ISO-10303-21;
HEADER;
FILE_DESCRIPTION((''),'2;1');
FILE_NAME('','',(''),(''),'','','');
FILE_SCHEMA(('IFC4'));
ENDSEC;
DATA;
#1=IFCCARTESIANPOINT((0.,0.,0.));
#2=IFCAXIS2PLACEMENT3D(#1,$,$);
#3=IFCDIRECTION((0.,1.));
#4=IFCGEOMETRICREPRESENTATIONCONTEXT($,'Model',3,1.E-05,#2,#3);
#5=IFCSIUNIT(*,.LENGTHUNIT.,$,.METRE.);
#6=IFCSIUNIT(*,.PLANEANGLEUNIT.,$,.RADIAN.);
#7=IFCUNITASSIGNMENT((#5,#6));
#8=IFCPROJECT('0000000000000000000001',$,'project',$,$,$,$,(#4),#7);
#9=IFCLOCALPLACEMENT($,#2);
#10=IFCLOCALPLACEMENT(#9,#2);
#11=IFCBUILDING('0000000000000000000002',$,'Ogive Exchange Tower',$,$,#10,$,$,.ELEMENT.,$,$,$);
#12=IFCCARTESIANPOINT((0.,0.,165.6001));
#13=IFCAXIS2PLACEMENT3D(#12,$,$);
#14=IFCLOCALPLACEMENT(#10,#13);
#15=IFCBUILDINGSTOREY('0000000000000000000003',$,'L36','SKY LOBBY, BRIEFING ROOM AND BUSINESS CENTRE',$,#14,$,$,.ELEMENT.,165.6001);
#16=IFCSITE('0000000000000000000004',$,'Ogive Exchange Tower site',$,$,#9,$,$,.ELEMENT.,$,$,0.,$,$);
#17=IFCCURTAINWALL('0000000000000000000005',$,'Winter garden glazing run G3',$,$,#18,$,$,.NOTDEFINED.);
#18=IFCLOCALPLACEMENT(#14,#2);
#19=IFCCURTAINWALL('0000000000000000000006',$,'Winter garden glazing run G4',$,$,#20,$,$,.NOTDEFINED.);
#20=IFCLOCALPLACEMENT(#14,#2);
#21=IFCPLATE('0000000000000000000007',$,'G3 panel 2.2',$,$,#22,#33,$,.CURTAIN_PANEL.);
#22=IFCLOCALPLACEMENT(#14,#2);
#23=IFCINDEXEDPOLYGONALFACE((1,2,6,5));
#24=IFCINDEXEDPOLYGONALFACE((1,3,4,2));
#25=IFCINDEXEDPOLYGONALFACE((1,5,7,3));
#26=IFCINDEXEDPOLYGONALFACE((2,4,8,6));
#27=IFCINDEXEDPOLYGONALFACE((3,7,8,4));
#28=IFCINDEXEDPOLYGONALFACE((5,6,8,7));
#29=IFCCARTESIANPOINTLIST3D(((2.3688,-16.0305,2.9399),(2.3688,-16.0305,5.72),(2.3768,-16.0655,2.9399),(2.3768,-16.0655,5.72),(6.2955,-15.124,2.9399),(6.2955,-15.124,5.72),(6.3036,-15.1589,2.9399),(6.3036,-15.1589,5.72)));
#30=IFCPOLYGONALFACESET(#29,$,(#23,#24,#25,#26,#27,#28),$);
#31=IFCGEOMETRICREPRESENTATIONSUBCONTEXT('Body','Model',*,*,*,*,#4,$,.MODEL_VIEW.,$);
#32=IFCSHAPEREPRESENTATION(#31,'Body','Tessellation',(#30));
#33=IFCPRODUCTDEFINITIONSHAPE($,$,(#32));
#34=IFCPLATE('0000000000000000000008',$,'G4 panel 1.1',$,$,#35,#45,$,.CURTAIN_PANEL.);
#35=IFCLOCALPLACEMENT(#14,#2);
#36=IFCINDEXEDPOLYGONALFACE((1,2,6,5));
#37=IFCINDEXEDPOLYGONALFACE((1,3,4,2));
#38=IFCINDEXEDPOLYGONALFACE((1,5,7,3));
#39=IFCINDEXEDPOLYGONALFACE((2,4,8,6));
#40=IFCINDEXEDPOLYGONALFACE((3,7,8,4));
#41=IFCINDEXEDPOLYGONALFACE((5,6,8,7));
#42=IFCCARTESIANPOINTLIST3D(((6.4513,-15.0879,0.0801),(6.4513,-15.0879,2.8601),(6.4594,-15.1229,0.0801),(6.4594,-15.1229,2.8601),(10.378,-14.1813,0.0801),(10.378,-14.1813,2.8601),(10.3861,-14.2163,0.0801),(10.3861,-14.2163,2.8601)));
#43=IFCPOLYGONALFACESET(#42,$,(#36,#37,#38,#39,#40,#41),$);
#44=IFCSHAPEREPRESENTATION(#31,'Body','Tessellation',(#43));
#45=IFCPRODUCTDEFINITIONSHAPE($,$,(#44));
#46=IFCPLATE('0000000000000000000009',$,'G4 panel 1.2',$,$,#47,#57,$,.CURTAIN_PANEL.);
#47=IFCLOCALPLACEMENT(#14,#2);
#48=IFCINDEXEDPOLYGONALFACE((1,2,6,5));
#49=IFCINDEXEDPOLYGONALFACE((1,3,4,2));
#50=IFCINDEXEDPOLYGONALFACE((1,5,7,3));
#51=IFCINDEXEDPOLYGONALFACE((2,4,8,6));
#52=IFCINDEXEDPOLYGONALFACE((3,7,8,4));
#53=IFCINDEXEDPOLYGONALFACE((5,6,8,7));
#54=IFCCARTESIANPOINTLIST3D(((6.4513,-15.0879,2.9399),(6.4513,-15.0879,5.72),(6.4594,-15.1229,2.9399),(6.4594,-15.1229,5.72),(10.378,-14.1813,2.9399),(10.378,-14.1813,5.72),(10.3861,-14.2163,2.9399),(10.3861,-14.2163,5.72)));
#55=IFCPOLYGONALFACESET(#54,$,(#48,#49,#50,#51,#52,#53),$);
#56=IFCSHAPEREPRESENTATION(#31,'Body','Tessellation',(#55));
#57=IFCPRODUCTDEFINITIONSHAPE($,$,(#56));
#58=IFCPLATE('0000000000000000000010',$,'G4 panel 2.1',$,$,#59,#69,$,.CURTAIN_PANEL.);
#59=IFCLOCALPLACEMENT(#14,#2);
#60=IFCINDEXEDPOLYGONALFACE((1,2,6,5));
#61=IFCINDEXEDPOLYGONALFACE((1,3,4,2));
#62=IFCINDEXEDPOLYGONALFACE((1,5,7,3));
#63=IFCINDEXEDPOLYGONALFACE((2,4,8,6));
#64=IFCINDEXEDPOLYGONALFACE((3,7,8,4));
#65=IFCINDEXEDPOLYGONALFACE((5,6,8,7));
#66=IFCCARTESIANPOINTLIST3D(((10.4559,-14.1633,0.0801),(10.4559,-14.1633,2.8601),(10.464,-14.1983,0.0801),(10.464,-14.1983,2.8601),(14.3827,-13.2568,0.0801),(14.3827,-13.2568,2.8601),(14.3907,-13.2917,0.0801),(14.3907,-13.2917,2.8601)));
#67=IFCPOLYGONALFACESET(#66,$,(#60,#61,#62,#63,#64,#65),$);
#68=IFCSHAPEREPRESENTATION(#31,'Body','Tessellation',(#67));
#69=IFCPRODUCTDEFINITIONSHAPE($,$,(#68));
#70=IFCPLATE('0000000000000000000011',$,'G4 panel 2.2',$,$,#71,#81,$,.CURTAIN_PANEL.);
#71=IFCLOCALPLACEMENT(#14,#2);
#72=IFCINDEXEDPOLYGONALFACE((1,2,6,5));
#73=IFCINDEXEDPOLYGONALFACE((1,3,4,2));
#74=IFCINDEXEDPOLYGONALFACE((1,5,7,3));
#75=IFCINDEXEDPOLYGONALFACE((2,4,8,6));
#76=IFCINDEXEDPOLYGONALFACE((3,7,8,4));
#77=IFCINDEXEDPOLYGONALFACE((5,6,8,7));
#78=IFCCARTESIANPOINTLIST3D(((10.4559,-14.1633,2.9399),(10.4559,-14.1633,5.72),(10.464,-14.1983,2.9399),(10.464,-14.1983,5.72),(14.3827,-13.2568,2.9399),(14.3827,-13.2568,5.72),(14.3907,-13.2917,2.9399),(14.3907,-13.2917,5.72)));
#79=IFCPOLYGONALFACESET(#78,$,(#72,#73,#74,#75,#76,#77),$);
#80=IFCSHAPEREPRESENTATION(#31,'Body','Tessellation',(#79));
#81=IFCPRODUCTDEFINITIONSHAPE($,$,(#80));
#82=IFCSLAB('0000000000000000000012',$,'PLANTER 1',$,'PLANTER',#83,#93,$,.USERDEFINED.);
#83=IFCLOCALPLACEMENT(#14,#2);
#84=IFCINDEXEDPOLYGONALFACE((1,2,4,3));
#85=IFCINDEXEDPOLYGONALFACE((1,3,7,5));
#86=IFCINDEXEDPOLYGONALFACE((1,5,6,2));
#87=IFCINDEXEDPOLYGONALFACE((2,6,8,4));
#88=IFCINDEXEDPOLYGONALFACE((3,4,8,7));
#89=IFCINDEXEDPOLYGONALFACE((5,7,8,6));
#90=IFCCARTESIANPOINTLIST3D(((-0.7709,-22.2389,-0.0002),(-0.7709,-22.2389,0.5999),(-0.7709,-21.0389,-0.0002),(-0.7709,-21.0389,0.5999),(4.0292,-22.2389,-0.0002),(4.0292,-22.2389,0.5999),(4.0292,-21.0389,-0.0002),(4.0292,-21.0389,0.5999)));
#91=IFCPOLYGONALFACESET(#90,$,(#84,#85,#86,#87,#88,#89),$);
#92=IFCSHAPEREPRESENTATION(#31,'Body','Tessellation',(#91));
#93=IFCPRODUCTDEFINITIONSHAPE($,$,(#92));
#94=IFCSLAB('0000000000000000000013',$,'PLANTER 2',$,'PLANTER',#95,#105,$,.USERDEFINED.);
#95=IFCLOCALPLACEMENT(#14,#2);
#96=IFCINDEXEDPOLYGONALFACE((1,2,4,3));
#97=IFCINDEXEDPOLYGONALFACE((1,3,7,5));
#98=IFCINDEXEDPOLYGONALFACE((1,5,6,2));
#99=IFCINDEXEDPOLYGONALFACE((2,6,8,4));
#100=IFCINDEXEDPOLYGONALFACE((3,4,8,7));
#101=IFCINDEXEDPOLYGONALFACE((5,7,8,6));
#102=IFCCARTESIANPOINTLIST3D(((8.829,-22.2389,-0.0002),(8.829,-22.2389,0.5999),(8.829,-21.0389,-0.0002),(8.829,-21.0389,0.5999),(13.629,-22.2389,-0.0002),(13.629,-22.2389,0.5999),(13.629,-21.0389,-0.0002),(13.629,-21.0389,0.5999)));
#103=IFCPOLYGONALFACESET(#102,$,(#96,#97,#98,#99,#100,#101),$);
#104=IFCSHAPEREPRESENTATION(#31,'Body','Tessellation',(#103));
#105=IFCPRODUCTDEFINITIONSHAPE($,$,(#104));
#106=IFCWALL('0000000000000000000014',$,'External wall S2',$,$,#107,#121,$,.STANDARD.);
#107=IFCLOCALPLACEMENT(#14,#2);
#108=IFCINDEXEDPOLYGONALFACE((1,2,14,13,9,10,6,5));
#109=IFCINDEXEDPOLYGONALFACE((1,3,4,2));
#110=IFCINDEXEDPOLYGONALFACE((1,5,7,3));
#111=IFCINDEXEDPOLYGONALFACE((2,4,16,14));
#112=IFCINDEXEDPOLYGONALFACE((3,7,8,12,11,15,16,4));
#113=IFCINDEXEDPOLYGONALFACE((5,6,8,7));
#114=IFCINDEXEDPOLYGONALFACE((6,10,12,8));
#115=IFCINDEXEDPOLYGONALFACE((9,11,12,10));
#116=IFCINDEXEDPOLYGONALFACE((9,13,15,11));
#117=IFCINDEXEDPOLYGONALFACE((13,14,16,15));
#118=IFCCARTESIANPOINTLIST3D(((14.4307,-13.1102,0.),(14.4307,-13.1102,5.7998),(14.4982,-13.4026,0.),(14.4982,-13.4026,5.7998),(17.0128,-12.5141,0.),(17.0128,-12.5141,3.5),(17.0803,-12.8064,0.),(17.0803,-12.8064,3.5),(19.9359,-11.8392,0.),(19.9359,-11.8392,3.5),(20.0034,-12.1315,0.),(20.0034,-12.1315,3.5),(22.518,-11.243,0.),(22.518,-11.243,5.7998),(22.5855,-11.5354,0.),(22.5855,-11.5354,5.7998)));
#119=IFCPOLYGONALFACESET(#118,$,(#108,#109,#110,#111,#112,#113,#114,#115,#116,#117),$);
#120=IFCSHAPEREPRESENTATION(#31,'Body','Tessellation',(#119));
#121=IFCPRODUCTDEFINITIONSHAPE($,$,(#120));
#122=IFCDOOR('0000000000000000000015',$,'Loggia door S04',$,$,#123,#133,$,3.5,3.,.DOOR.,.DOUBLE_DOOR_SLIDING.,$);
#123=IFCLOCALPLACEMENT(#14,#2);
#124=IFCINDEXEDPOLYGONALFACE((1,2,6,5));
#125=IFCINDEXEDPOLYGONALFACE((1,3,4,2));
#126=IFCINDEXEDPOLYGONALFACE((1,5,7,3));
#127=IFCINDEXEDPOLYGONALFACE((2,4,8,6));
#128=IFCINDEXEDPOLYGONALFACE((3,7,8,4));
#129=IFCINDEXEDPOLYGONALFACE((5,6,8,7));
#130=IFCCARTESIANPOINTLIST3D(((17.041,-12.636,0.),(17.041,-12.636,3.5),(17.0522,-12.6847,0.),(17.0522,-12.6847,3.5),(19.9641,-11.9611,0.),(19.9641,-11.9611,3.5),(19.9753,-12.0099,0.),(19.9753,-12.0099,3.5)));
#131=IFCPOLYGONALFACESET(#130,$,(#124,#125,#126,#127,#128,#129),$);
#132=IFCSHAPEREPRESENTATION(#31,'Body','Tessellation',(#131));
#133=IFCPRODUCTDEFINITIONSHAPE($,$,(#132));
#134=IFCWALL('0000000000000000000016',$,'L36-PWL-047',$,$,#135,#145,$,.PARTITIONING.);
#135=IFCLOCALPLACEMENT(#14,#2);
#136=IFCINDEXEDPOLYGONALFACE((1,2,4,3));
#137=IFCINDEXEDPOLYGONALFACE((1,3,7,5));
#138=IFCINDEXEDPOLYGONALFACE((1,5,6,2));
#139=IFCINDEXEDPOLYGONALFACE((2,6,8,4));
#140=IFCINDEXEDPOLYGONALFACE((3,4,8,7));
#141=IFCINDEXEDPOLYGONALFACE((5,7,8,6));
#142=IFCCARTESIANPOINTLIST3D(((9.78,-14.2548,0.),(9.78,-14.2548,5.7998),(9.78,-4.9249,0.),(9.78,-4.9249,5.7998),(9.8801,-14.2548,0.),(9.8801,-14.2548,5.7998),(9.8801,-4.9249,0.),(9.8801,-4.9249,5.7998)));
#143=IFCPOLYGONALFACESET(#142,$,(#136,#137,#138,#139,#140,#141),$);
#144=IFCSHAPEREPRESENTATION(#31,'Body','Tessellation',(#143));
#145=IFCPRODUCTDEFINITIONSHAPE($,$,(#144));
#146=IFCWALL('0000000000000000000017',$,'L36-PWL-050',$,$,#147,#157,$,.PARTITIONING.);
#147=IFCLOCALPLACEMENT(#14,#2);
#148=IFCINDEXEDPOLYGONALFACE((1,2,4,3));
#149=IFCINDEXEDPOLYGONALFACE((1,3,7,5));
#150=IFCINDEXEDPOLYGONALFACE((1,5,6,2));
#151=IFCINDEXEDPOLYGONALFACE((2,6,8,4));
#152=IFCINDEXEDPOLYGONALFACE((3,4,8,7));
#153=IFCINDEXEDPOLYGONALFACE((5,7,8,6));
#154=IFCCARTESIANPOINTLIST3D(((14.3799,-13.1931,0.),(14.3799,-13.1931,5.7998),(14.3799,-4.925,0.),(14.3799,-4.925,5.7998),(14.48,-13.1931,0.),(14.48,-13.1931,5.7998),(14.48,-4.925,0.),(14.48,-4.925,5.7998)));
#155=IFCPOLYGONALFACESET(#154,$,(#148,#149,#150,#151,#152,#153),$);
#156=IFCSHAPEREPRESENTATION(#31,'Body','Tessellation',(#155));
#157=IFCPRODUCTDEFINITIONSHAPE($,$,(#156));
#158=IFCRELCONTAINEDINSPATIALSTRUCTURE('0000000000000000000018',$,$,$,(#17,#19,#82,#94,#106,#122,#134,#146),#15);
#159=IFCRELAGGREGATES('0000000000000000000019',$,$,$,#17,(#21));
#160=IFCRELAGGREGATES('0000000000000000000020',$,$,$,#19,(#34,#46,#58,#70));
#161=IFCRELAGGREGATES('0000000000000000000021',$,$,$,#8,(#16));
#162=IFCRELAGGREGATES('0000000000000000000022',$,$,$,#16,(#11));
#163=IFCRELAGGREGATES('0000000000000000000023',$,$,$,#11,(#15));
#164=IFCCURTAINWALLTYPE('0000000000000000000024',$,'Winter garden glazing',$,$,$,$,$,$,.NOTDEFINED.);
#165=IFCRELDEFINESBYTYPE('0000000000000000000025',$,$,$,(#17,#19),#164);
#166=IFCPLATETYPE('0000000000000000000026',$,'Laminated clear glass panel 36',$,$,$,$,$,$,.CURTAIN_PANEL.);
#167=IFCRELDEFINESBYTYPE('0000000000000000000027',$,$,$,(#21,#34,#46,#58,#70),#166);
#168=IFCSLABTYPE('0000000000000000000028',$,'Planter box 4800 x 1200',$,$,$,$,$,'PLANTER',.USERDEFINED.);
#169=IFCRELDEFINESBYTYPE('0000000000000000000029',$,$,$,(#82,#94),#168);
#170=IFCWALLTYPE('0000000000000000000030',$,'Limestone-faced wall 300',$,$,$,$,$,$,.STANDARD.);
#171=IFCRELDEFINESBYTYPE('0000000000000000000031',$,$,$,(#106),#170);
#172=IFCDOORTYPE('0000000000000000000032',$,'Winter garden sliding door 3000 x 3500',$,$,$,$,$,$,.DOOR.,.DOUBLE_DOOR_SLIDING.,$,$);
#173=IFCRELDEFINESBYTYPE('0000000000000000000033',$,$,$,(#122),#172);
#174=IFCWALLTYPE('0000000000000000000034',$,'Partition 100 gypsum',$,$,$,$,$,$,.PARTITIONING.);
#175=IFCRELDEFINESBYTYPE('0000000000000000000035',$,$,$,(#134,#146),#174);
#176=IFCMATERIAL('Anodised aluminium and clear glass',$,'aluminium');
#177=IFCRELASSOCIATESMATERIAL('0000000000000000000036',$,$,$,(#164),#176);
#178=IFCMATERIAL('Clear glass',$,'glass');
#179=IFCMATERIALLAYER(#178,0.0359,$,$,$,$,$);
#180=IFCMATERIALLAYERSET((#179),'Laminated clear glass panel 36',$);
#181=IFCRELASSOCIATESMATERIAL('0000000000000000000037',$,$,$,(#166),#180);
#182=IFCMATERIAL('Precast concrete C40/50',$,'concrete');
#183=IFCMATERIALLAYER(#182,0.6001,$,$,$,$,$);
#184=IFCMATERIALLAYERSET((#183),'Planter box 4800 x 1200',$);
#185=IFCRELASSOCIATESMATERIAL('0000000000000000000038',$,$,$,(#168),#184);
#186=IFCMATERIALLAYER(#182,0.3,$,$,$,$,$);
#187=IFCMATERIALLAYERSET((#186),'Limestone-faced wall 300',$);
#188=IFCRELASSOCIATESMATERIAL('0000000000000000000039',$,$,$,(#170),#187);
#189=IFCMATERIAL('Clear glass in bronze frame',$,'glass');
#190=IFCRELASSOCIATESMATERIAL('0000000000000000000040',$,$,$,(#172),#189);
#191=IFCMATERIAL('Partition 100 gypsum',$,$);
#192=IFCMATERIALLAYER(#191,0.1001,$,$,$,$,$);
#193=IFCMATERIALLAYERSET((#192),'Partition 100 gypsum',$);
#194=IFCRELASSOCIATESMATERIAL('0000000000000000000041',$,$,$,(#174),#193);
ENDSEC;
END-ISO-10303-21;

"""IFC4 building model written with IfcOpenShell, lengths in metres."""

from ifc_helpers import new_model, si_unit, direction, frame, frame_2d, origin, origin_2d, place, context, subcontext, project, spatial, rectangle, extrude, material, layer, layer_set, type_object, element, fill, aggregate, save


model = new_model("IFC4")

# Units and contexts
model_context = context("Model", 3, precision=1e-05, world=origin(), true_north=direction((0.0, 1.0)))
body_context = subcontext(model_context, "Body", "Model", "MODEL_VIEW")
ifc_project = project(units=[si_unit("LENGTHUNIT", "METRE"), si_unit("PLANEANGLEUNIT", "RADIAN")], contexts=[model_context])

# Site, building, storey
site_placement = place(None, origin())
site = spatial("IfcSite", under=ifc_project, at=site_placement, Name="Ogive Exchange Tower site", CompositionType="ELEMENT", RefElevation=0.0)
building_placement = place(site_placement, origin())
building = spatial("IfcBuilding", under=site, at=building_placement, Name="Ogive Exchange Tower", CompositionType="ELEMENT")
storey_placement = place(building_placement, frame((0.0, 0.0, 165.6001)))
storey = spatial("IfcBuildingStorey", under=building, at=storey_placement, Name="L36", Description="SKY LOBBY, BRIEFING ROOM AND BUSINESS CENTRE", CompositionType="ELEMENT", Elevation=165.6001)

# Curtain walls
ifc_material_1 = material(Name="Anodised aluminium and clear glass", Category="aluminium")
curtain_wall_type = type_object("IfcCurtainWallType", Name="Winter garden glazing", PredefinedType="NOTDEFINED", material=ifc_material_1)
curtain_wall_1_placement = place(storey_placement, origin())
curtain_wall_1 = element("IfcCurtainWall", 1, at=curtain_wall_1_placement, inside=storey, type_object=curtain_wall_type, Name="Winter garden glazing run G3", PredefinedType="NOTDEFINED")
curtain_wall_2_placement = place(storey_placement, origin())
curtain_wall_2 = element("IfcCurtainWall", 2, at=curtain_wall_2_placement, inside=storey, type_object=curtain_wall_type, Name="Winter garden glazing run G4", PredefinedType="NOTDEFINED")

# Plates
ifc_material_2 = material(Name="Clear glass", Category="glass")
ifc_layer_1 = layer(ifc_material_2, 0.0359)
ifc_layer_set_1 = layer_set([ifc_layer_1], Name="Laminated clear glass panel 36")
plate_type = type_object("IfcPlateType", Name="Laminated clear glass panel 36", PredefinedType="CURTAIN_PANEL", material=ifc_layer_set_1)
plate_1_placement = place(storey_placement, frame((4.3362, -15.5947, 2.9399), z_axis=(0.0, 0.0, 1.0), x_axis=(0.97437, 0.224951, 0.0)))
plate_1 = element("IfcPlate", 3, at=plate_1_placement, type_object=plate_type, Name="G3 panel 2.2", PredefinedType="CURTAIN_PANEL", context=body_context, shape_type="SweptSolid", body=[
    extrude(rectangle(XDim=4.03, YDim=0.0359, at=origin_2d()), origin(), (0.0, 0.0, 1.0), 2.78),
])
aggregate(curtain_wall_1, [plate_1])
plate_2_placement = place(storey_placement, frame((8.4187, -14.6521, 0.0801), z_axis=(0.0, 0.0, 1.0), x_axis=(0.974369, 0.224954, 0.0)))
plate_2 = element("IfcPlate", 4, at=plate_2_placement, type_object=plate_type, Name="G4 panel 1.1", PredefinedType="CURTAIN_PANEL", context=body_context, shape_type="SweptSolid", body=[
    extrude(rectangle(XDim=4.03, YDim=0.0359, at=origin_2d()), origin(), (0.0, 0.0, 1.0), 2.78),
])
plate_3_placement = place(storey_placement, frame((8.4187, -14.6521, 2.9399), z_axis=(0.0, 0.0, 1.0), x_axis=(0.974369, 0.224954, 0.0)))
plate_3 = element("IfcPlate", 5, at=plate_3_placement, type_object=plate_type, Name="G4 panel 1.2", PredefinedType="CURTAIN_PANEL", context=body_context, shape_type="SweptSolid", body=[
    extrude(rectangle(XDim=4.03, YDim=0.0359, at=origin_2d()), origin(), (0.0, 0.0, 1.0), 2.78),
])
plate_4_placement = place(storey_placement, frame((12.4233, -13.7275, 0.0801), z_axis=(0.0, 0.0, 1.0), x_axis=(0.974369, 0.224954, 0.0)))
plate_4 = element("IfcPlate", 6, at=plate_4_placement, type_object=plate_type, Name="G4 panel 2.1", PredefinedType="CURTAIN_PANEL", context=body_context, shape_type="SweptSolid", body=[
    extrude(rectangle(XDim=4.03, YDim=0.0359, at=origin_2d()), origin(), (0.0, 0.0, 1.0), 2.78),
])
plate_5_placement = place(storey_placement, frame((12.4233, -13.7275, 2.9399), z_axis=(0.0, 0.0, 1.0), x_axis=(0.974369, 0.224954, 0.0)))
plate_5 = element("IfcPlate", 7, at=plate_5_placement, type_object=plate_type, Name="G4 panel 2.2", PredefinedType="CURTAIN_PANEL", context=body_context, shape_type="SweptSolid", body=[
    extrude(rectangle(XDim=4.03, YDim=0.0359, at=origin_2d()), origin(), (0.0, 0.0, 1.0), 2.78),
])
aggregate(curtain_wall_2, [plate_2, plate_3, plate_4, plate_5])

# Slabs
ifc_material_3 = material(Name="Precast concrete C40/50", Category="concrete")
ifc_layer_2 = layer(ifc_material_3, 0.6001)
ifc_layer_set_2 = layer_set([ifc_layer_2], Name="Planter box 4800 x 1200")
slab_type = type_object("IfcSlabType", Name="Planter box 4800 x 1200", ElementType="PLANTER", PredefinedType="USERDEFINED", material=ifc_layer_set_2)
for number, where, z_axis, x_axis, name in (
    (8, (1.6292, -21.6389, -0.0002), (0.0, 0.0, 1.0), (1.0, 0.0, 0.0), "PLANTER 1"),
    (9, (11.229, -21.6389, -0.0002), (0.0, 0.0, 1.0), (1.0, 0.0, 0.0), "PLANTER 2"),
):
    element("IfcSlab", number, at=place(storey_placement, frame(where, z_axis=z_axis, x_axis=x_axis)), inside=storey, type_object=slab_type, Name=name, ObjectType="PLANTER", PredefinedType="USERDEFINED", context=body_context, shape_type="SweptSolid", body=[
        extrude(rectangle(XDim=4.8, YDim=1.2, at=origin_2d()), origin(), (0.0, 0.0, 1.0), 0.6001),
    ])

# Wall, opening, door
ifc_layer_3 = layer(ifc_material_3, 0.3)
ifc_layer_set_3 = layer_set([ifc_layer_3], Name="Limestone-faced wall 300")
wall_type_1 = type_object("IfcWallType", Name="Limestone-faced wall 300", PredefinedType="STANDARD", material=ifc_layer_set_3)
wall_1_placement = place(storey_placement, frame((14.4646, -13.2563, 0.0), z_axis=(0.0, 0.0, 1.0), x_axis=(0.974368, 0.224958, 0.0)))
wall_1 = element("IfcWall", 10, at=wall_1_placement, inside=storey, type_object=wall_type_1, Name="External wall S2", PredefinedType="STANDARD", context=body_context, shape_type="SweptSolid", body=[
    extrude(rectangle(XDim=8.3, YDim=0.3, at=frame_2d((4.1499, 0.0))), origin(), (0.0, 0.0, 1.0), 5.7998),
])
opening_placement = place(wall_1_placement, frame((2.6499, 0.0, 0.0)))
opening = element("IfcOpeningElement", 11, at=opening_placement, cuts=wall_1, PredefinedType="OPENING", context=body_context, shape_type="SweptSolid", body=[
    extrude(rectangle(XDim=3.0, YDim=3.5, at=frame_2d((1.5, 1.75))), frame((0.0, 0.1599, 0.0), z_axis=(0.0, -1.0, 0.0), x_axis=(1.0, 0.0, 0.0)), (0.0, 0.0, 1.0), 0.3201),
])
ifc_material_4 = material(Name="Clear glass in bronze frame", Category="glass")
door_type = type_object("IfcDoorType", Name="Winter garden sliding door 3000 x 3500", OperationType="DOUBLE_DOOR_SLIDING", PredefinedType="DOOR", material=ifc_material_4)
door_placement = place(opening_placement, origin())
door = element("IfcDoor", 12, at=door_placement, inside=storey, type_object=door_type, Name="Loggia door S04", OperationType="DOUBLE_DOOR_SLIDING", OverallHeight=3.5, OverallWidth=3.0, PredefinedType="DOOR", context=body_context, shape_type="SweptSolid", body=[
    extrude(rectangle(XDim=3.0, YDim=3.5, at=frame_2d((1.5, 1.75))), frame((0.0, 0.0249, 0.0), z_axis=(0.0, -1.0, 0.0), x_axis=(1.0, 0.0, 0.0)), (0.0, 0.0, 1.0), 0.05),
])
fill(opening, door)

# Walls
ifc_material_5 = material(Name="Partition 100 gypsum")
ifc_layer_4 = layer(ifc_material_5, 0.1001)
ifc_layer_set_4 = layer_set([ifc_layer_4], Name="Partition 100 gypsum")
wall_type_2 = type_object("IfcWallType", Name="Partition 100 gypsum", PredefinedType="PARTITIONING", material=ifc_layer_set_4)
wall_2_placement = place(storey_placement, frame((9.8301, -14.2549, 0.0), z_axis=(0.0, 0.0, 1.0), x_axis=(0.0, 1.0, 0.0)))
element("IfcWall", 13, at=wall_2_placement, inside=storey, type_object=wall_type_2, Name="L36-PWL-047", PredefinedType="PARTITIONING", context=body_context, shape_type="SweptSolid", body=[
    extrude(rectangle(XDim=9.3298, YDim=0.1001, at=frame_2d((4.665, 0.0))), origin(), (0.0, 0.0, 1.0), 5.7998),
])
wall_3_placement = place(storey_placement, frame((14.4299, -13.1931, 0.0), z_axis=(0.0, 0.0, 1.0), x_axis=(0.0, 1.0, 0.0)))
element("IfcWall", 14, at=wall_3_placement, inside=storey, type_object=wall_type_2, Name="L36-PWL-050", PredefinedType="PARTITIONING", context=body_context, shape_type="SweptSolid", body=[
    extrude(rectangle(XDim=8.2681, YDim=0.1001, at=frame_2d((4.134, 0.0))), origin(), (0.0, 0.0, 1.0), 5.7998),
])

save(model, "model.ifc")
